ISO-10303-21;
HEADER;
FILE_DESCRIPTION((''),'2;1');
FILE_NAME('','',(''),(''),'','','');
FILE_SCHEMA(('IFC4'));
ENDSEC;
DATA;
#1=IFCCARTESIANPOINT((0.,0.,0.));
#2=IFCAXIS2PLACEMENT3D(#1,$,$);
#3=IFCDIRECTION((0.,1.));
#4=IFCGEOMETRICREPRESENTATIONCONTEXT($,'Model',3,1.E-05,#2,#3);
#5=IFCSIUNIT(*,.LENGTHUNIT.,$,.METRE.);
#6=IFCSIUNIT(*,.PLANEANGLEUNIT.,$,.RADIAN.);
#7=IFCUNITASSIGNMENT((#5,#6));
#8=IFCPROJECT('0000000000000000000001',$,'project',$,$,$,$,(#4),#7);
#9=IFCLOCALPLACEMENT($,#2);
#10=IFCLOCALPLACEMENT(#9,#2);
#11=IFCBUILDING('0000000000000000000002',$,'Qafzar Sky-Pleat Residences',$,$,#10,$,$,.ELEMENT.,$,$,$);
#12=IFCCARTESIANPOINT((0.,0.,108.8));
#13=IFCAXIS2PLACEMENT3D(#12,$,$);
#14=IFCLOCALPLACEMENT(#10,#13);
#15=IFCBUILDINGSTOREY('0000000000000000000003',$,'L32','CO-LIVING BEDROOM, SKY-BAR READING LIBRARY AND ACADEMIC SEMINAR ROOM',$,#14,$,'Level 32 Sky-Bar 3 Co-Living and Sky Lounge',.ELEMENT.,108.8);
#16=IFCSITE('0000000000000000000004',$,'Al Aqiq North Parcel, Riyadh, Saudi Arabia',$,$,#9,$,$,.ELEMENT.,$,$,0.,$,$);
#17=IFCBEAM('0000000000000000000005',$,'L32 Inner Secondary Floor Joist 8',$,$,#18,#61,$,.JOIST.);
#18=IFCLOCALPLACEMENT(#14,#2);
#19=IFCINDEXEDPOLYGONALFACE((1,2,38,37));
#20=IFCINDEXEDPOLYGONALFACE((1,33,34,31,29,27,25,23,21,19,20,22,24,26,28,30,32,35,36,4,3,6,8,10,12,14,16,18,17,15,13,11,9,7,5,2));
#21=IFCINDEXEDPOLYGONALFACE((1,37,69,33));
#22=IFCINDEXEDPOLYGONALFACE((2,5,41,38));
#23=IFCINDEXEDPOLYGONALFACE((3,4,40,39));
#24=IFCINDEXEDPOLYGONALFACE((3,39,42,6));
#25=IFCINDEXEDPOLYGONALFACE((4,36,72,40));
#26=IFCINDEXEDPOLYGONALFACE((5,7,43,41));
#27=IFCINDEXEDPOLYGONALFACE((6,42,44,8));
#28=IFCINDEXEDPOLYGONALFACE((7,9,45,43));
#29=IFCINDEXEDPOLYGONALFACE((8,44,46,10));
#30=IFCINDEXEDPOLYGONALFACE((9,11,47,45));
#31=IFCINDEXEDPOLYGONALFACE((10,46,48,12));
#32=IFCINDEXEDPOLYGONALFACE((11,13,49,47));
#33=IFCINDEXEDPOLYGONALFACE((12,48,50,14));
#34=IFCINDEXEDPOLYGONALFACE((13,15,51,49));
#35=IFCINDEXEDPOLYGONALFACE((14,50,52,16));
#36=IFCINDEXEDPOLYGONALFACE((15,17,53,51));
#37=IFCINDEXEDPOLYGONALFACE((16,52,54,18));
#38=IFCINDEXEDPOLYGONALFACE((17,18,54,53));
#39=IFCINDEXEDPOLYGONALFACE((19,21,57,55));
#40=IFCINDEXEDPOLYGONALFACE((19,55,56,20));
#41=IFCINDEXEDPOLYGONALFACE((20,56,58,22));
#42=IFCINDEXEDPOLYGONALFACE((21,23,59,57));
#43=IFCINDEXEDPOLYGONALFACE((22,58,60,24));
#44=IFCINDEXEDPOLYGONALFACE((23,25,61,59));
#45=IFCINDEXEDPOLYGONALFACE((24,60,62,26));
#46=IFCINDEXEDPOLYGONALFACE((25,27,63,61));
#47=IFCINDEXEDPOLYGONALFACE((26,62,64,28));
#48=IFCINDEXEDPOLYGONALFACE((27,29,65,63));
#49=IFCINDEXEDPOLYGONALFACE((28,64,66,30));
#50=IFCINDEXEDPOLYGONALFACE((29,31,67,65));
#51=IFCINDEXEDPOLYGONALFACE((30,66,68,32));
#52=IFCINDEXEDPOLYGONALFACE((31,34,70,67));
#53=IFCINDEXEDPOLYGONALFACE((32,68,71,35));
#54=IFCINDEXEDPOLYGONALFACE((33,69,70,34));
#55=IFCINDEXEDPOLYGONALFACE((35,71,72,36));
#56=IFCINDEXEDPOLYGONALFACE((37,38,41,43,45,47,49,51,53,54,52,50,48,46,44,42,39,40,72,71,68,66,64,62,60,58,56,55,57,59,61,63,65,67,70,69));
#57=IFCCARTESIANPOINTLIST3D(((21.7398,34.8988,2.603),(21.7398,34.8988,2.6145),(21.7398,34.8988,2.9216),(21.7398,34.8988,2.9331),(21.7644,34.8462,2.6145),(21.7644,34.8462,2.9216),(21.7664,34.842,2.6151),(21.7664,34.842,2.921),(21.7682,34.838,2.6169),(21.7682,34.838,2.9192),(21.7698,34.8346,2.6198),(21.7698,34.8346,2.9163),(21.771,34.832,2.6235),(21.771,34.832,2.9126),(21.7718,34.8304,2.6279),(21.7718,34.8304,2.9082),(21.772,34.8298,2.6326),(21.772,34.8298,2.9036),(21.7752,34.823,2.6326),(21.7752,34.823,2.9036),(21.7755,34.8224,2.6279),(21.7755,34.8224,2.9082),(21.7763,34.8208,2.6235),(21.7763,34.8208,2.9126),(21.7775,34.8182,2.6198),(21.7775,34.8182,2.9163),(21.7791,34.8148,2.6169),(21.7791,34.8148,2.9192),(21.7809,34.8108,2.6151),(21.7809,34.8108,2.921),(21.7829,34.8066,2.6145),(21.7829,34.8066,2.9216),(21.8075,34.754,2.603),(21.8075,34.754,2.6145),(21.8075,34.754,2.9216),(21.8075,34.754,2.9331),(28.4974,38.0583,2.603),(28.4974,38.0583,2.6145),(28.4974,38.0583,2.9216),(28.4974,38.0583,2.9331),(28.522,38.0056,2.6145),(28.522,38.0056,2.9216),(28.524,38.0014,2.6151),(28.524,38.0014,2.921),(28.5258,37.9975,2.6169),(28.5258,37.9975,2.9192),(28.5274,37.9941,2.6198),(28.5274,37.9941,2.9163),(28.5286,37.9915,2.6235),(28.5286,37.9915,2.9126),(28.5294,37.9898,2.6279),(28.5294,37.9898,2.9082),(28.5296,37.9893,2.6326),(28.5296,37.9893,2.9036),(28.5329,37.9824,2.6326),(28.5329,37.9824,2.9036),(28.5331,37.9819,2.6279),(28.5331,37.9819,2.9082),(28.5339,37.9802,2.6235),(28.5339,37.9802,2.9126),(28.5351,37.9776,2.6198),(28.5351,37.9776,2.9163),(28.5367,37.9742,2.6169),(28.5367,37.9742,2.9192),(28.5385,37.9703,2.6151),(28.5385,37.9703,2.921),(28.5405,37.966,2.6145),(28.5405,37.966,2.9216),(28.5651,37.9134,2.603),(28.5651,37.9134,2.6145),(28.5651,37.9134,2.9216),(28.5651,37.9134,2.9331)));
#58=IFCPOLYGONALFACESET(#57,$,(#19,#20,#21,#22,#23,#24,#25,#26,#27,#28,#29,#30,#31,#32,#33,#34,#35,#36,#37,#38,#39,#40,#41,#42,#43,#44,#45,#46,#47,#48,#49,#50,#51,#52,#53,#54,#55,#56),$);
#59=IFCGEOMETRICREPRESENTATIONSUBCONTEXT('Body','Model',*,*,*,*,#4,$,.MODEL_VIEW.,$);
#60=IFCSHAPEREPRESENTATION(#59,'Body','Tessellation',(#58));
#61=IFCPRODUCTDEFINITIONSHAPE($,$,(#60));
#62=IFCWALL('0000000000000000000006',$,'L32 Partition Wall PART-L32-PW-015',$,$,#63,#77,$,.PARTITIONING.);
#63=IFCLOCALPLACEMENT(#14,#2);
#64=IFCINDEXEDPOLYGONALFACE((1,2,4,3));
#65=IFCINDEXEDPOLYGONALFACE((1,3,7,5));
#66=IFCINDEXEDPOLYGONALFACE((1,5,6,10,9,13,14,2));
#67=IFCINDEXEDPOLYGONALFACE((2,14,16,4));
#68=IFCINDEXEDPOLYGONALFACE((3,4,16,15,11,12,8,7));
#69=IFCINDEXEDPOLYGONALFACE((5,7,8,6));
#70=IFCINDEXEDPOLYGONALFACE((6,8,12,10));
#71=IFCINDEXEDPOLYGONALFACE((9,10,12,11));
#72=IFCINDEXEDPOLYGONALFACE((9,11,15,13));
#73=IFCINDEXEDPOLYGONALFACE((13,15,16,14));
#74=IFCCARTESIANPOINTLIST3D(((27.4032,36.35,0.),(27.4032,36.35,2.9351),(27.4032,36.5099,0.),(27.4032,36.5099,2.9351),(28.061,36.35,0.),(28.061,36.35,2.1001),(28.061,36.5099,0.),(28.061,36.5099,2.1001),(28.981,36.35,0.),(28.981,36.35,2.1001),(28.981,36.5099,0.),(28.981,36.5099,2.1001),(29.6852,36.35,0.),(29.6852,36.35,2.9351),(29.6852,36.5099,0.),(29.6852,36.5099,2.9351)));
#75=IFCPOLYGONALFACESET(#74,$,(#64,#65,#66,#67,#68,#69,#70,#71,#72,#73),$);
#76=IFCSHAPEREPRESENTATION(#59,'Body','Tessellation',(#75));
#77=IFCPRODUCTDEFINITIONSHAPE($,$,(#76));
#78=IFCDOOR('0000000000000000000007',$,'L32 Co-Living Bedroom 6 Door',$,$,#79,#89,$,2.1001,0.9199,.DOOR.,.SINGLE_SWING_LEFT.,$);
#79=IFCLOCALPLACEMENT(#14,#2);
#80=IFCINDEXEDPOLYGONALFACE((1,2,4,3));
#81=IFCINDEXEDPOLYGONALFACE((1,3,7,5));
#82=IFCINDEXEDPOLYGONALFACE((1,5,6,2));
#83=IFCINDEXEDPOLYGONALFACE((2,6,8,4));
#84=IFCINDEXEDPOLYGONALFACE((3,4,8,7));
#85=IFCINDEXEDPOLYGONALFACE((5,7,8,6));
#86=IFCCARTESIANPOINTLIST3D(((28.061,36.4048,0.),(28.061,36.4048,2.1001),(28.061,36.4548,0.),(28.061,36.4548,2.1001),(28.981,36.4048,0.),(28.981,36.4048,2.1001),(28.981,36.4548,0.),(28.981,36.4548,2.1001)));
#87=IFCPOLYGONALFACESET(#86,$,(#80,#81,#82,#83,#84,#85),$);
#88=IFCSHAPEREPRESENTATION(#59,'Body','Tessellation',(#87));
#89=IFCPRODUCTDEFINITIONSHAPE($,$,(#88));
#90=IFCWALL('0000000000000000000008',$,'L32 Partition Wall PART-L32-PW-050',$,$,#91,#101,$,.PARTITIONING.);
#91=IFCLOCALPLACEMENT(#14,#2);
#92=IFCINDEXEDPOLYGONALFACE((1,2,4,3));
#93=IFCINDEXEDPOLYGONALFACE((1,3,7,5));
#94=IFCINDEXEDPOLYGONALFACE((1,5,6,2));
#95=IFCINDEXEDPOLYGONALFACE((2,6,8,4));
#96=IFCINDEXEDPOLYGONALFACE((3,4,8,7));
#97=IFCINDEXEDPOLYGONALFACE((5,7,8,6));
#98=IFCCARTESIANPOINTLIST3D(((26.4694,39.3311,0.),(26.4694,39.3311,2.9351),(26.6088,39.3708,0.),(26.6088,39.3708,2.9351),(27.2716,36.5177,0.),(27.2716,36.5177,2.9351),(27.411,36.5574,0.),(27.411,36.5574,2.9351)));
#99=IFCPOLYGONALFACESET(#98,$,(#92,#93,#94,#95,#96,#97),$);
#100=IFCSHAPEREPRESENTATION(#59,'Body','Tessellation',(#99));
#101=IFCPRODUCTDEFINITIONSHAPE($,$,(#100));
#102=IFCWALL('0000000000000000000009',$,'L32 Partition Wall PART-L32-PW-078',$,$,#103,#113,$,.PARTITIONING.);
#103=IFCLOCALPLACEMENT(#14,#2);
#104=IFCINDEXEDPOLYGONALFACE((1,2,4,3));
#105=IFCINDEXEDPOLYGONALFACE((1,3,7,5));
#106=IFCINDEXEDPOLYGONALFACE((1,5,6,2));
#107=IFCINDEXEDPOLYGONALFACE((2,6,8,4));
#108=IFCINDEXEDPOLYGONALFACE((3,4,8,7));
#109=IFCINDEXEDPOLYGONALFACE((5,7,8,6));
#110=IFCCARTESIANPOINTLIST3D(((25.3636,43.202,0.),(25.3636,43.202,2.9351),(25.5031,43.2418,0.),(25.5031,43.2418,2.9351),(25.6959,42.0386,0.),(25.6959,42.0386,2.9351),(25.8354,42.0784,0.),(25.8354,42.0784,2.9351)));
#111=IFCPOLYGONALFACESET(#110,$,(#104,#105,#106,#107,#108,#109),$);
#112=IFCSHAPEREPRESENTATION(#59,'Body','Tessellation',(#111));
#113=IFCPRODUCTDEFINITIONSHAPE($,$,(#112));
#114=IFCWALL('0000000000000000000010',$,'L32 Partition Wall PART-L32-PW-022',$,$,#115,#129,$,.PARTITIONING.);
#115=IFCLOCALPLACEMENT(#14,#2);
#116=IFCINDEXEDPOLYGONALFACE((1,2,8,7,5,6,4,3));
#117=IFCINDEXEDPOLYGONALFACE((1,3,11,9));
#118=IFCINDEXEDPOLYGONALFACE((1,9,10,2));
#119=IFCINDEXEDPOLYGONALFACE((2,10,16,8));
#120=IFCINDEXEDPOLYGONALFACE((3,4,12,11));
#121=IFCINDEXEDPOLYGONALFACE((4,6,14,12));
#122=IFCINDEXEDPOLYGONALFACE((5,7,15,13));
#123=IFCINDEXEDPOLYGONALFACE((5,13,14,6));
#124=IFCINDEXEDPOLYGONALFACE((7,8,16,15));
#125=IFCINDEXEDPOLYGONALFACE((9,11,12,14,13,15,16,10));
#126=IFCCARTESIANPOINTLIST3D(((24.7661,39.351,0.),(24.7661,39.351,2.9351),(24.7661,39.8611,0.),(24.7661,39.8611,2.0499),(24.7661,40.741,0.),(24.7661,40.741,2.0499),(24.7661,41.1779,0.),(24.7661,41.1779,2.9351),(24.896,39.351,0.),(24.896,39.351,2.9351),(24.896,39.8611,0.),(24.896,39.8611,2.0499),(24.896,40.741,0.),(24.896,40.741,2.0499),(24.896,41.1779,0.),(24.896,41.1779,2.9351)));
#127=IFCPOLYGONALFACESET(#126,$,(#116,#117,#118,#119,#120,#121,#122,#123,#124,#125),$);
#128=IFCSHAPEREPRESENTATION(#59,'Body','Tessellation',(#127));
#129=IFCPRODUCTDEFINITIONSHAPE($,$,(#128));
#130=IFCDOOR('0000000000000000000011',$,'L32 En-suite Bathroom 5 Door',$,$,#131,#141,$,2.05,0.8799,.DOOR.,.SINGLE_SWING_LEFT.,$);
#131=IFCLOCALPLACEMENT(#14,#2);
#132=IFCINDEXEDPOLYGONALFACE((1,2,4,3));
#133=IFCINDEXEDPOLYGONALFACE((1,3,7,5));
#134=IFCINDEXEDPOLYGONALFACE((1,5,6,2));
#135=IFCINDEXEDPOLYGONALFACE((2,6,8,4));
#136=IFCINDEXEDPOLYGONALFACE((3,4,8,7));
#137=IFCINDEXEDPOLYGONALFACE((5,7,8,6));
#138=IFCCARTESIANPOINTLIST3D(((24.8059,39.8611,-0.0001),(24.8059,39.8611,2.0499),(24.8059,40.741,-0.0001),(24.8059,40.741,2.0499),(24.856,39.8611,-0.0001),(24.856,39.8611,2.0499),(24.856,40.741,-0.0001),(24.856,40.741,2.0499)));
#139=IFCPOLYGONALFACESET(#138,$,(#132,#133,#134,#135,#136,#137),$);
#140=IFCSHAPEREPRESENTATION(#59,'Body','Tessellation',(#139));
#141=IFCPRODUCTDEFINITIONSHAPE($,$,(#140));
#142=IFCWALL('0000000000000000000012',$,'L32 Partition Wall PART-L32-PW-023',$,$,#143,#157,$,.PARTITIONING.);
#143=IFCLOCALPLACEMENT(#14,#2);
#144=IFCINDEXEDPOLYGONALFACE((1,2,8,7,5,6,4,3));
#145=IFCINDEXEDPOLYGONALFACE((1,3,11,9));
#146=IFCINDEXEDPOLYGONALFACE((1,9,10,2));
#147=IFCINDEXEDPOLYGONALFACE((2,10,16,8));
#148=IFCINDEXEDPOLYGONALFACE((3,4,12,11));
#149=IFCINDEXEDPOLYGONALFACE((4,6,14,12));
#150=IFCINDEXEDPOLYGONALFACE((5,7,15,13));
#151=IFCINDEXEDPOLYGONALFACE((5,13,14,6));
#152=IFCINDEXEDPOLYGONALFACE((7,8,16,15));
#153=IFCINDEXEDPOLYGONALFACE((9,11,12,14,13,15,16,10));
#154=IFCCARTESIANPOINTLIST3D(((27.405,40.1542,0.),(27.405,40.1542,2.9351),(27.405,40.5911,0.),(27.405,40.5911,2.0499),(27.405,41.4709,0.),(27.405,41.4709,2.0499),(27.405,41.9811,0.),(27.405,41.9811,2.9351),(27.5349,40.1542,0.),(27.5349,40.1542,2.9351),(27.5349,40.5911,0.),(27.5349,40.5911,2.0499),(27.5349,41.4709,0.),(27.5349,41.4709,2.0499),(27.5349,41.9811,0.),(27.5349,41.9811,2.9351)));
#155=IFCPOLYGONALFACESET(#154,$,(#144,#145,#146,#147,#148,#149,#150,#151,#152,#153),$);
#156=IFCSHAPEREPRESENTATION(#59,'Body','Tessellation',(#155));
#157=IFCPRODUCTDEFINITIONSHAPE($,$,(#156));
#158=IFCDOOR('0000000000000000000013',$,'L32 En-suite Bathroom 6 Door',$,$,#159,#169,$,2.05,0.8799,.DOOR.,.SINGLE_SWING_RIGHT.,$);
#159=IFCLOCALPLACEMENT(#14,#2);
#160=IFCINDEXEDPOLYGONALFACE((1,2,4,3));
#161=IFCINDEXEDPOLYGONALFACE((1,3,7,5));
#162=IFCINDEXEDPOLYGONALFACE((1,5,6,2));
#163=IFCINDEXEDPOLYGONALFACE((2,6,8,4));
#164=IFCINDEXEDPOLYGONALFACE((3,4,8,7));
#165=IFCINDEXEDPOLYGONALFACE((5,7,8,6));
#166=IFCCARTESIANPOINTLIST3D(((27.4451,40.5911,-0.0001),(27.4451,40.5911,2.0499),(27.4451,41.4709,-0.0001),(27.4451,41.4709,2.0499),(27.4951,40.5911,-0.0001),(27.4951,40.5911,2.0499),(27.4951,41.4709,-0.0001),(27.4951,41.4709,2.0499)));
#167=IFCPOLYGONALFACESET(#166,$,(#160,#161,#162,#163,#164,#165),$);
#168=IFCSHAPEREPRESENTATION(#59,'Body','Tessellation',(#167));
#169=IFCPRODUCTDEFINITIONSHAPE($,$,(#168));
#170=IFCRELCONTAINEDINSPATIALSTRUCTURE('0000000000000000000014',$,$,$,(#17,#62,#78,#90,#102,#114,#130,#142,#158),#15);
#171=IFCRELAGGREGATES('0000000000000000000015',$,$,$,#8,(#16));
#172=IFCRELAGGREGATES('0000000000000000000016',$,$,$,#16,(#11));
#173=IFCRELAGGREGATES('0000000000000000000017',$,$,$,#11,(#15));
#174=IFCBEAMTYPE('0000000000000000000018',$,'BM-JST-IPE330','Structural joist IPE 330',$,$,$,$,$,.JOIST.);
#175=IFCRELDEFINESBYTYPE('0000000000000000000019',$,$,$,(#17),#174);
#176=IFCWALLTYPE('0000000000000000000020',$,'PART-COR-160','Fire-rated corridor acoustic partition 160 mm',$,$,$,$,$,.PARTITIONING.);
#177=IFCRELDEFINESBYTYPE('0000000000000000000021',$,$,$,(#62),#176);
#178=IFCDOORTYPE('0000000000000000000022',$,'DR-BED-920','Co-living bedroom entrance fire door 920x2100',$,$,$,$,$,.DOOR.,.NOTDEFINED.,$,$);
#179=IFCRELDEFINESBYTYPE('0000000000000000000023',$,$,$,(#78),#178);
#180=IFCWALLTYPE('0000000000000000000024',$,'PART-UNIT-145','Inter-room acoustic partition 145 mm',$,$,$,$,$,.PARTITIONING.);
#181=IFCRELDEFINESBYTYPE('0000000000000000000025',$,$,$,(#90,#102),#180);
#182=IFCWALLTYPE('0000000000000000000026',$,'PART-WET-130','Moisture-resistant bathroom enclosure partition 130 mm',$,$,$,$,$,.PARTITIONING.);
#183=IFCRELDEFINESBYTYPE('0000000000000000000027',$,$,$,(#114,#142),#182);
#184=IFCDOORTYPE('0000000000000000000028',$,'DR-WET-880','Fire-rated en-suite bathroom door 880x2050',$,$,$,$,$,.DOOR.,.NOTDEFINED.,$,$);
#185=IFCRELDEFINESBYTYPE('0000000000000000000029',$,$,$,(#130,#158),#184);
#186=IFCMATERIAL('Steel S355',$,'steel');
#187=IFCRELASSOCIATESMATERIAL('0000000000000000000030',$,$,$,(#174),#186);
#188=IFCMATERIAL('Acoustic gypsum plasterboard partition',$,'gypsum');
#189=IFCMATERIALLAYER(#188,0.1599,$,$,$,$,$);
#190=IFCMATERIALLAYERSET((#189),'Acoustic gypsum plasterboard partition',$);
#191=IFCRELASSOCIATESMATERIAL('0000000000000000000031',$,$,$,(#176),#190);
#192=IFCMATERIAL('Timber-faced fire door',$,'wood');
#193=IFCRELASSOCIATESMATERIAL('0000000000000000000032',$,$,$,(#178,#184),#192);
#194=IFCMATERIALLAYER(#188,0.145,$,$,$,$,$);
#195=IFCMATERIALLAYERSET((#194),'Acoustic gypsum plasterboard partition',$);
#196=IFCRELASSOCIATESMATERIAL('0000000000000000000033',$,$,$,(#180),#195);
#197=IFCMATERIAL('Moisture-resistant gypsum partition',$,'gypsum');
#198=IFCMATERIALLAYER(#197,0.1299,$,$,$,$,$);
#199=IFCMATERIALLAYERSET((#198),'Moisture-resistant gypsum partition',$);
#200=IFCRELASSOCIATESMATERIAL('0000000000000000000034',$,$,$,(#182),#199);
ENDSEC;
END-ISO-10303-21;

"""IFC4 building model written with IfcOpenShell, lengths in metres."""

from ifc_helpers import new_model, si_unit, direction, frame, frame_2d, origin, origin_2d, place, context, subcontext, project, spatial, rectangle, i_section, extrude, source, transform, mapped, material, layer, layer_set, material_profile, profile_set, type_object, element, fill, save


model = new_model("IFC4")

# Units and contexts
model_context = context("Model", 3, precision=1e-05, world=origin(), true_north=direction((0.0, 1.0)))
body_context = subcontext(model_context, "Body", "Model", "MODEL_VIEW")
ifc_project = project(units=[si_unit("LENGTHUNIT", "METRE"), si_unit("PLANEANGLEUNIT", "RADIAN")], contexts=[model_context])

# Site, building, storey
site_placement = place(None, origin())
site = spatial("IfcSite", under=ifc_project, at=site_placement, Name="Al Aqiq North Parcel, Riyadh, Saudi Arabia", CompositionType="ELEMENT", RefElevation=0.0)
building_placement = place(site_placement, origin())
building = spatial("IfcBuilding", under=site, at=building_placement, Name="Qafzar Sky-Pleat Residences", CompositionType="ELEMENT")
storey_placement = place(building_placement, frame((0.0, 0.0, 108.8)))
storey = spatial("IfcBuildingStorey", under=building, at=storey_placement, Name="L32", Description="CO-LIVING BEDROOM, SKY-BAR READING LIBRARY AND ACADEMIC SEMINAR ROOM", LongName="Level 32 Sky-Bar 3 Co-Living and Sky Lounge", CompositionType="ELEMENT", Elevation=108.8)

# Beam
ifc_material_1 = material(Name="Steel S355", Category="steel")
ifc_material_profile_1 = material_profile(ifc_material_1, i_section(OverallWidth=0.1599, OverallDepth=0.3301, WebThickness=0.0076, FlangeThickness=0.0115, FilletRadius=0.0181, at=origin_2d()), Name="IPE 330")
ifc_profile_set_1 = profile_set([ifc_material_profile_1], Name="Steel S355")
beam_type_1 = type_object("IfcBeamType", Name="BM-JST-IPE330", Description="Structural joist IPE 330", PredefinedType="JOIST", material=ifc_profile_set_1)
shared_shape_1 = source(origin(), body_context, "Body", "SweptSolid", [
    extrude(i_section(OverallWidth=0.1599, OverallDepth=0.3301, WebThickness=0.0076, FlangeThickness=0.0115, FilletRadius=0.0181, at=origin_2d()), origin(), (0.0, 0.0, 1.0), 7.4597),
])
beam_1_placement = place(storey_placement, frame((28.5312, 37.9858, 2.7681), z_axis=(-0.90588, -0.423534, 0.0), x_axis=(0.423534, -0.90588, 0.0)))
element("IfcBeam", 1, at=beam_1_placement, inside=storey, type_object=beam_type_1, Name="L32 Inner Secondary Floor Joist 8", PredefinedType="JOIST", context=body_context, shape_type="MappedRepresentation", body=[
    mapped(shared_shape_1, transform((0.0, 0.0, 0.0), x_axis=(1.0, 0.0, 0.0), y_axis=(0.0, 1.0, 0.0), z_axis=(0.0, 0.0, 1.0), scale=1.0)),
])

# Wall, opening, door
ifc_material_2 = material(Name="Acoustic gypsum plasterboard partition", Category="gypsum")
ifc_layer_1 = layer(ifc_material_2, 0.1599)
ifc_layer_set_1 = layer_set([ifc_layer_1], Name="Acoustic gypsum plasterboard partition")
wall_type_1 = type_object("IfcWallType", Name="PART-COR-160", Description="Fire-rated corridor acoustic partition 160 mm", PredefinedType="PARTITIONING", material=ifc_layer_set_1)
wall_1_placement = place(storey_placement, frame((27.4031, 36.4299, 0.0), z_axis=(0.0, 0.0, 1.0), x_axis=(1.0, 0.0, 0.0)))
wall_1 = element("IfcWall", 2, at=wall_1_placement, inside=storey, type_object=wall_type_1, Name="L32 Partition Wall PART-L32-PW-015", PredefinedType="PARTITIONING", context=body_context, shape_type="SweptSolid", body=[
    extrude(rectangle(XDim=2.282, YDim=0.1599, at=frame_2d((1.1411, 0.0))), origin(), (0.0, 0.0, 1.0), 2.9351),
])
opening_1_placement = place(wall_1_placement, frame((0.658, 0.0, 0.0)))
opening_1 = element("IfcOpeningElement", 3, at=opening_1_placement, cuts=wall_1, PredefinedType="OPENING", context=body_context, shape_type="SweptSolid", body=[
    extrude(rectangle(XDim=0.9199, YDim=2.1001, at=frame_2d((0.46, 1.05))), frame((0.0, 0.0898, 0.0), z_axis=(0.0, -1.0, 0.0), x_axis=(1.0, 0.0, 0.0)), (0.0, 0.0, 1.0), 0.1799),
])
ifc_material_3 = material(Name="Timber-faced fire door", Category="wood")
door_type_1 = type_object("IfcDoorType", Name="DR-BED-920", Description="Co-living bedroom entrance fire door 920x2100", OperationType="NOTDEFINED", PredefinedType="DOOR", material=ifc_material_3)
shared_shape_2 = source(origin(), body_context, "Body", "SweptSolid", [
    extrude(rectangle(XDim=0.9199, YDim=2.1001, at=frame_2d((0.46, 1.05))), frame((0.0, 0.0249, 0.0), z_axis=(0.0, -1.0, 0.0), x_axis=(1.0, 0.0, 0.0)), (0.0, 0.0, 1.0), 0.05),
])
door_1_placement = place(opening_1_placement, origin())
door_1 = element("IfcDoor", 4, at=door_1_placement, inside=storey, type_object=door_type_1, Name="L32 Co-Living Bedroom 6 Door", OperationType="SINGLE_SWING_LEFT", OverallHeight=2.1001, OverallWidth=0.9199, PredefinedType="DOOR", context=body_context, shape_type="MappedRepresentation", body=[
    mapped(shared_shape_2, transform((0.0, 0.0, 0.0), x_axis=(1.0, 0.0, 0.0), y_axis=(0.0, 1.0, 0.0), z_axis=(0.0, 0.0, 1.0), scale=1.0)),
])
fill(opening_1, door_1)

# Walls
ifc_layer_2 = layer(ifc_material_2, 0.145)
ifc_layer_set_2 = layer_set([ifc_layer_2], Name="Acoustic gypsum plasterboard partition")
wall_type_2 = type_object("IfcWallType", Name="PART-UNIT-145", Description="Inter-room acoustic partition 145 mm", PredefinedType="PARTITIONING", material=ifc_layer_set_2)
wall_2_placement = place(storey_placement, frame((26.5391, 39.3511, 0.0), z_axis=(0.0, 0.0, 1.0), x_axis=(0.274214, -0.961669, 0.0)))
element("IfcWall", 5, at=wall_2_placement, inside=storey, type_object=wall_type_2, Name="L32 Partition Wall PART-L32-PW-050", PredefinedType="PARTITIONING", context=body_context, shape_type="SweptSolid", body=[
    extrude(rectangle(XDim=2.9255, YDim=0.145, at=frame_2d((1.4629, 0.0))), origin(), (0.0, 0.0, 1.0), 2.9351),
])
wall_3_placement = place(storey_placement, frame((25.4333, 43.2219, 0.0), z_axis=(0.0, 0.0, 1.0), x_axis=(0.274641, -0.961547, 0.0)))
element("IfcWall", 6, at=wall_3_placement, inside=storey, type_object=wall_type_2, Name="L32 Partition Wall PART-L32-PW-078", PredefinedType="PARTITIONING", context=body_context, shape_type="SweptSolid", body=[
    extrude(rectangle(XDim=1.21, YDim=0.145, at=frame_2d((0.605, 0.0))), origin(), (0.0, 0.0, 1.0), 2.9351),
])

# Walls, openings, doors
ifc_material_4 = material(Name="Moisture-resistant gypsum partition", Category="gypsum")
ifc_layer_3 = layer(ifc_material_4, 0.1299)
ifc_layer_set_3 = layer_set([ifc_layer_3], Name="Moisture-resistant gypsum partition")
wall_type_3 = type_object("IfcWallType", Name="PART-WET-130", Description="Moisture-resistant bathroom enclosure partition 130 mm", PredefinedType="PARTITIONING", material=ifc_layer_set_3)
wall_4_placement = place(storey_placement, frame((24.8311, 41.178, 0.0), z_axis=(0.0, 0.0, 1.0), x_axis=(0.0, -1.0, 0.0)))
wall_4 = element("IfcWall", 7, at=wall_4_placement, inside=storey, type_object=wall_type_3, Name="L32 Partition Wall PART-L32-PW-022", PredefinedType="PARTITIONING", context=body_context, shape_type="SweptSolid", body=[
    extrude(rectangle(XDim=1.8269, YDim=0.1299, at=frame_2d((0.9136, 0.0))), origin(), (0.0, 0.0, 1.0), 2.9351),
])
opening_2_placement = place(wall_4_placement, frame((0.437, 0.0, 0.0)))
opening_2 = element("IfcOpeningElement", 8, at=opening_2_placement, cuts=wall_4, PredefinedType="OPENING", context=body_context, shape_type="SweptSolid", body=[
    extrude(rectangle(XDim=0.8799, YDim=2.05, at=frame_2d((0.4399, 1.0249))), frame((0.0, 0.075, 0.0), z_axis=(0.0, -1.0, 0.0), x_axis=(1.0, 0.0, 0.0)), (0.0, 0.0, 1.0), 0.1499),
])
door_type_2 = type_object("IfcDoorType", Name="DR-WET-880", Description="Fire-rated en-suite bathroom door 880x2050", OperationType="NOTDEFINED", PredefinedType="DOOR", material=ifc_material_3)
shared_shape_3 = source(origin(), body_context, "Body", "SweptSolid", [
    extrude(rectangle(XDim=0.8799, YDim=2.05, at=frame_2d((0.4399, 1.0249))), frame((0.0, 0.0249, 0.0), z_axis=(0.0, -1.0, 0.0), x_axis=(1.0, 0.0, 0.0)), (0.0, 0.0, 1.0), 0.05),
])
door_2_placement = place(opening_2_placement, origin())
door_2 = element("IfcDoor", 9, at=door_2_placement, inside=storey, type_object=door_type_2, Name="L32 En-suite Bathroom 5 Door", OperationType="SINGLE_SWING_LEFT", OverallHeight=2.05, OverallWidth=0.8799, PredefinedType="DOOR", context=body_context, shape_type="MappedRepresentation", body=[
    mapped(shared_shape_3, transform((0.0, 0.0, 0.0), x_axis=(1.0, 0.0, 0.0), y_axis=(0.0, 1.0, 0.0), z_axis=(0.0, 0.0, 1.0), scale=1.0)),
])
fill(opening_2, door_2)
wall_5_placement = place(storey_placement, frame((27.47, 40.1541, 0.0), z_axis=(0.0, 0.0, 1.0), x_axis=(0.0, 1.0, 0.0)))
wall_5 = element("IfcWall", 10, at=wall_5_placement, inside=storey, type_object=wall_type_3, Name="L32 Partition Wall PART-L32-PW-023", PredefinedType="PARTITIONING", context=body_context, shape_type="SweptSolid", body=[
    extrude(rectangle(XDim=1.8269, YDim=0.1299, at=frame_2d((0.9136, 0.0))), origin(), (0.0, 0.0, 1.0), 2.9351),
])
opening_3_placement = place(wall_5_placement, frame((0.437, 0.0, 0.0)))
opening_3 = element("IfcOpeningElement", 11, at=opening_3_placement, cuts=wall_5, PredefinedType="OPENING", context=body_context, shape_type="SweptSolid", body=[
    extrude(rectangle(XDim=0.8799, YDim=2.05, at=frame_2d((0.4399, 1.0249))), frame((0.0, 0.075, 0.0), z_axis=(0.0, -1.0, 0.0), x_axis=(1.0, 0.0, 0.0)), (0.0, 0.0, 1.0), 0.1499),
])
door_3_placement = place(opening_3_placement, origin())
door_3 = element("IfcDoor", 12, at=door_3_placement, inside=storey, type_object=door_type_2, Name="L32 En-suite Bathroom 6 Door", OperationType="SINGLE_SWING_RIGHT", OverallHeight=2.05, OverallWidth=0.8799, PredefinedType="DOOR", context=body_context, shape_type="MappedRepresentation", body=[
    mapped(shared_shape_3, transform((0.0, 0.0, 0.0), x_axis=(1.0, 0.0, 0.0), y_axis=(0.0, 1.0, 0.0), z_axis=(0.0, 0.0, 1.0), scale=1.0)),
])
fill(opening_3, door_3)

save(model, "model.ifc")
